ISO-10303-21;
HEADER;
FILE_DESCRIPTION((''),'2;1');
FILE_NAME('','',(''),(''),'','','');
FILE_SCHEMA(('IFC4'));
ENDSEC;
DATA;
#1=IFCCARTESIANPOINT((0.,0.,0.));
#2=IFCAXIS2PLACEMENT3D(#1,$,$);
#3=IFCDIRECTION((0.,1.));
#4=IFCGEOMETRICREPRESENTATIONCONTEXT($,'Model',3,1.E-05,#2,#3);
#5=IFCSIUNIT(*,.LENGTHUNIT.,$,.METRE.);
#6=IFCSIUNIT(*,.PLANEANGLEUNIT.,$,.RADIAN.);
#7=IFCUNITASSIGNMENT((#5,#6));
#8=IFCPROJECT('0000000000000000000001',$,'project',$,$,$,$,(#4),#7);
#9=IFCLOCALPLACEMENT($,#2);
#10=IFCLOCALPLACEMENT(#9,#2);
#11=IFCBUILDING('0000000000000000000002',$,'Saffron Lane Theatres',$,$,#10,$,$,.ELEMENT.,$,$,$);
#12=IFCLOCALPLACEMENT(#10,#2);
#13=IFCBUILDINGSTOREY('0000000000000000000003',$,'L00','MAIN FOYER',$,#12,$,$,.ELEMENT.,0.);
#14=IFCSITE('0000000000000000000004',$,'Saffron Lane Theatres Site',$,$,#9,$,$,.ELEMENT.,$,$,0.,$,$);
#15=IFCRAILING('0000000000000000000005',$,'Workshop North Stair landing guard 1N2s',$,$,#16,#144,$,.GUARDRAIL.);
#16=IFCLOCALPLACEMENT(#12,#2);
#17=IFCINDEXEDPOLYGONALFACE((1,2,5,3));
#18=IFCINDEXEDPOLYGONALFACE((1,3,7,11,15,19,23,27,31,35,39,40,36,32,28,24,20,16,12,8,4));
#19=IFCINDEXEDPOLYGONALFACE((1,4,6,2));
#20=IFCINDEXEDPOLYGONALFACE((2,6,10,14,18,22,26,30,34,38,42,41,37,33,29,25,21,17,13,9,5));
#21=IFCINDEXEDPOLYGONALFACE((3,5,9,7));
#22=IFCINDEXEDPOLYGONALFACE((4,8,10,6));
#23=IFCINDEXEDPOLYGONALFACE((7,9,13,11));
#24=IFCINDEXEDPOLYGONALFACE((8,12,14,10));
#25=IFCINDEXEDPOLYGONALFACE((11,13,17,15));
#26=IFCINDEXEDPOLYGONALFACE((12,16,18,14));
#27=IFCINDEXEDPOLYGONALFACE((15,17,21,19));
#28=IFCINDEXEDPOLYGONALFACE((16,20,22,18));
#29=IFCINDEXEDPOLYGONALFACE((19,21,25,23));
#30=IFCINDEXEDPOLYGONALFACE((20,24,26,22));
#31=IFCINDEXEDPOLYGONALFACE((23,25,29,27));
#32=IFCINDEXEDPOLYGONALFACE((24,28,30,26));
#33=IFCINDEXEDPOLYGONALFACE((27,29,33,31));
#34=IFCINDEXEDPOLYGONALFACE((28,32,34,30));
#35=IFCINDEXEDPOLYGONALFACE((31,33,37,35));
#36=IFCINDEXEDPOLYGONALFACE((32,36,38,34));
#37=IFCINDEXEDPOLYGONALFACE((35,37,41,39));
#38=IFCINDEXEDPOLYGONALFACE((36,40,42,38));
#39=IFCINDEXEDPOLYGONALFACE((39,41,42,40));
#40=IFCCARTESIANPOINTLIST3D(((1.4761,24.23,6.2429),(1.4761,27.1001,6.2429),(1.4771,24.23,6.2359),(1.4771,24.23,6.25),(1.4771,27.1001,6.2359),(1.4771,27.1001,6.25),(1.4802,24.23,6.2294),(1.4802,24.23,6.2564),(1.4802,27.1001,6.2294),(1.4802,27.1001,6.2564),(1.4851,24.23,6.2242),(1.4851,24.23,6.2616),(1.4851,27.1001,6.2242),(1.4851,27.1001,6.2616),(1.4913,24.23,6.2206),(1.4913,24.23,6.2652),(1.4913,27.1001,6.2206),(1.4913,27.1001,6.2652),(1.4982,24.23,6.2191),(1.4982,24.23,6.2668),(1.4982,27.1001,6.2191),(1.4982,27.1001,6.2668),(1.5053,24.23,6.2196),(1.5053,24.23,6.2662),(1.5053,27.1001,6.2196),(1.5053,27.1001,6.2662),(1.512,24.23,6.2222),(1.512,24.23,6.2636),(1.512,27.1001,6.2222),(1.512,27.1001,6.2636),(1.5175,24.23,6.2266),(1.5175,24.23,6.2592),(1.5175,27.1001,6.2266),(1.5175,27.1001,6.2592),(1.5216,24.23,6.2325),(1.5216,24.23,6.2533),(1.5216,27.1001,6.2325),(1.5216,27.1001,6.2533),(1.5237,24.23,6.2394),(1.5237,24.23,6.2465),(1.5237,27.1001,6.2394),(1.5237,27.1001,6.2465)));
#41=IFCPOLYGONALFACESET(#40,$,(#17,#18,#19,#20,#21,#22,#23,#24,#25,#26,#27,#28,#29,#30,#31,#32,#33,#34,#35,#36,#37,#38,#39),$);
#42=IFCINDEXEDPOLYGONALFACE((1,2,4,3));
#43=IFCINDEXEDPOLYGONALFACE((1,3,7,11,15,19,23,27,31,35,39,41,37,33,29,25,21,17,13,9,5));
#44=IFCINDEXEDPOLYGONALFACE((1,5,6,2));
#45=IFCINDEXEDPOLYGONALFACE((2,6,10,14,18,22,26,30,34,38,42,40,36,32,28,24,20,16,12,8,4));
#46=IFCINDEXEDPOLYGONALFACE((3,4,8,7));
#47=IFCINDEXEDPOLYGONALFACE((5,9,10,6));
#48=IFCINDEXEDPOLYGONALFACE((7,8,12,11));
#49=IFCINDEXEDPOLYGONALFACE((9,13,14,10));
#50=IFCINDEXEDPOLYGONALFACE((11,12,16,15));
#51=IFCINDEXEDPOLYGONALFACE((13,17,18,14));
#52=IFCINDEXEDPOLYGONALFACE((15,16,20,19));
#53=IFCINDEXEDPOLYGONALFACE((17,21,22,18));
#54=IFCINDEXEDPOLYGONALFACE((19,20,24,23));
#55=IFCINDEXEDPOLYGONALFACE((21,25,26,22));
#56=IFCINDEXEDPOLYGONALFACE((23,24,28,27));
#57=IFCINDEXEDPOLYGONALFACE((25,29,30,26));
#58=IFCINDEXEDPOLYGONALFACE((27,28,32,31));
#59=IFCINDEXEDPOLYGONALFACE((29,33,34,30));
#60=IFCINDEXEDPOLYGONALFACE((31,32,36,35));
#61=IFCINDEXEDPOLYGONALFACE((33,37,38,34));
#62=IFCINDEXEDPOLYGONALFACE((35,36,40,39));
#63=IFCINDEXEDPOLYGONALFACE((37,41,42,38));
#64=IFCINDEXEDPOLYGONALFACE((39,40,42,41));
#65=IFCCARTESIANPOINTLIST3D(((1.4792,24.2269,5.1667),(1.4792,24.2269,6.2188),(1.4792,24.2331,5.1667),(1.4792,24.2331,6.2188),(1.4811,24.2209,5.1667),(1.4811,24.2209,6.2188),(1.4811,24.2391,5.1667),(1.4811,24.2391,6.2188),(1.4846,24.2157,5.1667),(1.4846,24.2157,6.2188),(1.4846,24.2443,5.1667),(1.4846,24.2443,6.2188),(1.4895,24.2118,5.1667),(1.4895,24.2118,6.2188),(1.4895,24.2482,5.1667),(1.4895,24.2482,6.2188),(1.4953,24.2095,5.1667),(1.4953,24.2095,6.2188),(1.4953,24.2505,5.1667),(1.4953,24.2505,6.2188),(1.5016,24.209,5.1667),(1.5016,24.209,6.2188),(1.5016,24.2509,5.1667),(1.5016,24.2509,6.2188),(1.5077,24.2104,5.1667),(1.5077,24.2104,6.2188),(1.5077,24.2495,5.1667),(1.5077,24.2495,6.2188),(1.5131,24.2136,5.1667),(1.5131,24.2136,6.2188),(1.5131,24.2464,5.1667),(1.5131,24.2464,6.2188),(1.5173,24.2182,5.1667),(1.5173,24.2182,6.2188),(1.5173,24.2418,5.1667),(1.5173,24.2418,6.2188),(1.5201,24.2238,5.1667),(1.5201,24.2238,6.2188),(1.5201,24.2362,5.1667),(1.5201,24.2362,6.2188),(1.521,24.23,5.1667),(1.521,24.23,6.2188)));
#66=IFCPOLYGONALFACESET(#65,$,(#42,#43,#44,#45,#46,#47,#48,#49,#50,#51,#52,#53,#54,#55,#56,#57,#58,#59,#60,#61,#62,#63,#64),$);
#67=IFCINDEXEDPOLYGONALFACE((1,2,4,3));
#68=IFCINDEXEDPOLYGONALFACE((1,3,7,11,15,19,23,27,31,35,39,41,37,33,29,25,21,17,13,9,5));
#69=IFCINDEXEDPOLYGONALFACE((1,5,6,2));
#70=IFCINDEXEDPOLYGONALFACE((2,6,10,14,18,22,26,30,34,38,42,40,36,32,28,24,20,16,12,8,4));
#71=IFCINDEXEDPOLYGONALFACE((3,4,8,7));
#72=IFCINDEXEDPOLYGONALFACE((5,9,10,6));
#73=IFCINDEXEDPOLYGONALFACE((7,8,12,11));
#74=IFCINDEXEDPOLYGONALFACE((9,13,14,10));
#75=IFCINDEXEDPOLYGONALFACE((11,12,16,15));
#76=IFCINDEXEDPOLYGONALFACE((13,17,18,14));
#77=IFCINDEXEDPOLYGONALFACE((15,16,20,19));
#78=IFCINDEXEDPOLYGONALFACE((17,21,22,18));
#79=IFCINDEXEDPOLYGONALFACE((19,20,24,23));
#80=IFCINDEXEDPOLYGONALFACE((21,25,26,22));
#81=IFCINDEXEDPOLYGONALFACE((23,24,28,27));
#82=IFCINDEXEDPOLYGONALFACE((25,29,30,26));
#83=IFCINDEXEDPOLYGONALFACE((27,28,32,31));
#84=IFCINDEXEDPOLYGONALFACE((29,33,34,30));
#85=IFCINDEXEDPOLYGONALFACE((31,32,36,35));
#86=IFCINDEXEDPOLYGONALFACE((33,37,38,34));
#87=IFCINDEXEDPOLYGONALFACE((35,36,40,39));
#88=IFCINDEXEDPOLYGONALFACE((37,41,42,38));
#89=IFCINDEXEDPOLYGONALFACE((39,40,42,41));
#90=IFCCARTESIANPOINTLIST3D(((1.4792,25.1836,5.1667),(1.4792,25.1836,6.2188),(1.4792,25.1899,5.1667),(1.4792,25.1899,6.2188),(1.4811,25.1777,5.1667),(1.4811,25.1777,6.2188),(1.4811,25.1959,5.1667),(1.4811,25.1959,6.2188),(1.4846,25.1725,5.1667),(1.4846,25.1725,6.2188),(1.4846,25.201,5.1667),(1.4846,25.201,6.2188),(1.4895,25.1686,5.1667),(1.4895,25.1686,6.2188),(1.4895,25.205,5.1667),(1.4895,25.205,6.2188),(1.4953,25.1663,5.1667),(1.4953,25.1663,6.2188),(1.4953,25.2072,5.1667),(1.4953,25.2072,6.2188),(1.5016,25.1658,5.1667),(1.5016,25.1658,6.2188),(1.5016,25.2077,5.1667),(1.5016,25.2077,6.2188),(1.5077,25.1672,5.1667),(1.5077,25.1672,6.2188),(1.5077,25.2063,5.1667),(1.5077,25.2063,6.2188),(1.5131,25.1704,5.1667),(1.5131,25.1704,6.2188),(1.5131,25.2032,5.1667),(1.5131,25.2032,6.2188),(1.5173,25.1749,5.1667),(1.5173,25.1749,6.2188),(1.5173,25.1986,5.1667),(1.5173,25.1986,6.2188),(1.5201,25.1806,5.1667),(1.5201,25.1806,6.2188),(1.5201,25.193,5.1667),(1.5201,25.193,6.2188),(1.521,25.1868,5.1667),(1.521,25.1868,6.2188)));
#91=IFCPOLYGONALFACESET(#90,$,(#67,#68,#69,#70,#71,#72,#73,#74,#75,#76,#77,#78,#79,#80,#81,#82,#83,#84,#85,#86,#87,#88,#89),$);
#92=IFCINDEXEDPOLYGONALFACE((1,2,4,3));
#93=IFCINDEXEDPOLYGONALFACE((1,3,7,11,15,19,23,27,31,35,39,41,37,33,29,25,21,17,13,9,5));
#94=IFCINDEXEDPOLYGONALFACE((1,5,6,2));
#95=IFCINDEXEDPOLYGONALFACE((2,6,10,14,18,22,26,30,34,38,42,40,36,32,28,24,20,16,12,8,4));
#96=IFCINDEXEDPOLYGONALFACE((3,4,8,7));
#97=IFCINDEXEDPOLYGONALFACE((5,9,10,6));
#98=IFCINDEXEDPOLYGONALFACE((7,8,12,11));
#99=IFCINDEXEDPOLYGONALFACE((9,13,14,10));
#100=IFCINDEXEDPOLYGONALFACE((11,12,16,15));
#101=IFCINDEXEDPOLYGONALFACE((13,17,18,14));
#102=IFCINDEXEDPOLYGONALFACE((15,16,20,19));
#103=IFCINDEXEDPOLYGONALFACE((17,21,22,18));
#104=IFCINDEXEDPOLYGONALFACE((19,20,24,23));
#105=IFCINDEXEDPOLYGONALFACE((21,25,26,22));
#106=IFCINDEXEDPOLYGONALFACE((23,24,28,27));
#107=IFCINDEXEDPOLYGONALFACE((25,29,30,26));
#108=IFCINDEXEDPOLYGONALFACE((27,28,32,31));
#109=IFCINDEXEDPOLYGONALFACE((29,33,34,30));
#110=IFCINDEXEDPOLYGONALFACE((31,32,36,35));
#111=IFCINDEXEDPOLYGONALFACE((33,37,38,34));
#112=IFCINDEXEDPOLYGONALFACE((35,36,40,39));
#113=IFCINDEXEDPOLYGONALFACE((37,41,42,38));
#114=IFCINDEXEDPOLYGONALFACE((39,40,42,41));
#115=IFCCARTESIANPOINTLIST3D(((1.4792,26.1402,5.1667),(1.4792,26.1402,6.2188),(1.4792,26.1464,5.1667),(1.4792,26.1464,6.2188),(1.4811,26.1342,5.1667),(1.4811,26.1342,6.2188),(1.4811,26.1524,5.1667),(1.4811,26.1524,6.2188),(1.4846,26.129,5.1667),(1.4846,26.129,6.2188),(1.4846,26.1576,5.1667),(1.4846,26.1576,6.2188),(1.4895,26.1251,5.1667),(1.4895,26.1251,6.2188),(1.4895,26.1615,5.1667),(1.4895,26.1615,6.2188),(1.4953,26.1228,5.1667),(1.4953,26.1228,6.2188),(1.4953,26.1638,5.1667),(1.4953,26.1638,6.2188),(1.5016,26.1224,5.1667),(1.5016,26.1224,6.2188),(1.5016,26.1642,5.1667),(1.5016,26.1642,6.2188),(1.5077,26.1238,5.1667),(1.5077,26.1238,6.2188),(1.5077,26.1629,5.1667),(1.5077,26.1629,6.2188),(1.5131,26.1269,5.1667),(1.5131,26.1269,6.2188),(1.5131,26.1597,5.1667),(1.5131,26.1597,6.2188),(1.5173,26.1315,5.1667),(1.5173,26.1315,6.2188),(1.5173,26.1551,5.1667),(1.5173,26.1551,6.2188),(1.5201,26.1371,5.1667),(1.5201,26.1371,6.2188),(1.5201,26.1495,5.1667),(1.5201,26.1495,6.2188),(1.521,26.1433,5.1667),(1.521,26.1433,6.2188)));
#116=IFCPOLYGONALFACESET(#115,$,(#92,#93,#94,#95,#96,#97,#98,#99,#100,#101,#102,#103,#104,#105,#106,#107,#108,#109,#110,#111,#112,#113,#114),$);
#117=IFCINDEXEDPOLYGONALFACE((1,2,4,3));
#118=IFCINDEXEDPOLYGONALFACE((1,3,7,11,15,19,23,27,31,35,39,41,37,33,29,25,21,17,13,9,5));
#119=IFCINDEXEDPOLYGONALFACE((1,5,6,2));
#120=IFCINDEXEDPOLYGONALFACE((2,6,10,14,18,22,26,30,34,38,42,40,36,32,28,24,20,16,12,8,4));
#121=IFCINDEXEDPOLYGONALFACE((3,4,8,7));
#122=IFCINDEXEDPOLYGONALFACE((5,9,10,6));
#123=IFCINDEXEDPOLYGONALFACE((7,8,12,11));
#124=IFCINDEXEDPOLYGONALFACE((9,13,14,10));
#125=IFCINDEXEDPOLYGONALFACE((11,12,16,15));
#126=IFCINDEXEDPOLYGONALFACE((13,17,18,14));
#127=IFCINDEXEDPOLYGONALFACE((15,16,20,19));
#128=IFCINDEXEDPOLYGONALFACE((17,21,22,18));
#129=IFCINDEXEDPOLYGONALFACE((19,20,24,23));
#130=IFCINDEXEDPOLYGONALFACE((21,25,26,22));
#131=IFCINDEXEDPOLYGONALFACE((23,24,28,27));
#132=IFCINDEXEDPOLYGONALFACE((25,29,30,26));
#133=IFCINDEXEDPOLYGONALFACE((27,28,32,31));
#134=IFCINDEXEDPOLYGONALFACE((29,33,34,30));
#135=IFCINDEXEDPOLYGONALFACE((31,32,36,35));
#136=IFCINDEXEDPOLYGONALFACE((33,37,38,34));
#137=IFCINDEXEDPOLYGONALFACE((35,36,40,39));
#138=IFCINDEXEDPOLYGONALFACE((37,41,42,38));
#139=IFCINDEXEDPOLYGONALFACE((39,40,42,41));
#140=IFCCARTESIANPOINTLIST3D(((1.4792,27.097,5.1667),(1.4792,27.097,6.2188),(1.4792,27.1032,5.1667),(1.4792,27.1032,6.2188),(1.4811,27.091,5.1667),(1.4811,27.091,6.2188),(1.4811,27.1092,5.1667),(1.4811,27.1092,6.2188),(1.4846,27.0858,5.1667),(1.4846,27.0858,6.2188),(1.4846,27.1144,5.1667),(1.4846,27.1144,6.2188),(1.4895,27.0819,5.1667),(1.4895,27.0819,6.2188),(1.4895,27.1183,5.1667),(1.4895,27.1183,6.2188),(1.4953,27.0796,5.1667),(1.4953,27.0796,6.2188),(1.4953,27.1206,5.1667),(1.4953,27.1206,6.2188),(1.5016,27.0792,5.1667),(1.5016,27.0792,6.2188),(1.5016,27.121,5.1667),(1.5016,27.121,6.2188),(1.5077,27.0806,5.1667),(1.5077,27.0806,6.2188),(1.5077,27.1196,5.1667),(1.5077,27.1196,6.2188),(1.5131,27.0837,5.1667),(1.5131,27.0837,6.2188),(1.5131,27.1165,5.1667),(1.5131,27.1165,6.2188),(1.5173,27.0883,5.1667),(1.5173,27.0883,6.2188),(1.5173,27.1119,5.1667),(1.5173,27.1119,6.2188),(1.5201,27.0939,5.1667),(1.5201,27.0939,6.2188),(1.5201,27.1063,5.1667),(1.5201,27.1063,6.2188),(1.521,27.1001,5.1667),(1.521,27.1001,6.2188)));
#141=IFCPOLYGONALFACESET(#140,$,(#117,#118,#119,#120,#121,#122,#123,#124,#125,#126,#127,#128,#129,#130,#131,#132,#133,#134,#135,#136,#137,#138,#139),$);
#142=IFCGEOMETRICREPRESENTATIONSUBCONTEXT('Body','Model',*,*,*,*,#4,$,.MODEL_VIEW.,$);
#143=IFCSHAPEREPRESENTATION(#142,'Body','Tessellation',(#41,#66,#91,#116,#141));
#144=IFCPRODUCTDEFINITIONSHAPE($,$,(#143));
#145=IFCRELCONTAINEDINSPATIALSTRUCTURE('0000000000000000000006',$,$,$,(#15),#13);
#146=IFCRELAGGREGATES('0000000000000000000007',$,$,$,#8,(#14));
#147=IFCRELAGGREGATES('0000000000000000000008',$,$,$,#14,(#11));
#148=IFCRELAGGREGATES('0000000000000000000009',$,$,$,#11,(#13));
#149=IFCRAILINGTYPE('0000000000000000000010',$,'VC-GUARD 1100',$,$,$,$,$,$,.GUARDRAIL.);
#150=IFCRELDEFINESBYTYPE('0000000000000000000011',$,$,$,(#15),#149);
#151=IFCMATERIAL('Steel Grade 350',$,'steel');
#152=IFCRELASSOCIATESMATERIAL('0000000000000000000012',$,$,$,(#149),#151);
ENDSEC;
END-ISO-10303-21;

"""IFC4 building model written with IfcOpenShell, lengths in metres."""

from ifc_helpers import new_model, si_unit, direction, frame, origin, origin_2d, place, context, subcontext, project, spatial, circle, extrude, material, type_object, element, save


model = new_model("IFC4")

# Units and contexts
model_context = context("Model", 3, precision=1e-05, world=origin(), true_north=direction((0.0, 1.0)))
body_context = subcontext(model_context, "Body", "Model", "MODEL_VIEW")
ifc_project = project(units=[si_unit("LENGTHUNIT", "METRE"), si_unit("PLANEANGLEUNIT", "RADIAN")], contexts=[model_context])

# Site, building, storey
site_placement = place(None, origin())
site = spatial("IfcSite", under=ifc_project, at=site_placement, Name="Saffron Lane Theatres Site", CompositionType="ELEMENT", RefElevation=0.0)
building_placement = place(site_placement, origin())
building = spatial("IfcBuilding", under=site, at=building_placement, Name="Saffron Lane Theatres", CompositionType="ELEMENT")
storey_placement = place(building_placement, origin())
storey = spatial("IfcBuildingStorey", under=building, at=storey_placement, Name="L00", Description="MAIN FOYER", CompositionType="ELEMENT", Elevation=0.0)

# Railing
ifc_material_1 = material(Name="Steel Grade 350", Category="steel")
railing_type_1 = type_object("IfcRailingType", Name="VC-GUARD 1100", PredefinedType="GUARDRAIL", material=ifc_material_1)
railing_1_placement = place(storey_placement, frame((1.5, 24.23, 5.1667)))
element("IfcRailing", 1, at=railing_1_placement, inside=storey, type_object=railing_type_1, Name="Workshop North Stair landing guard 1N2s", PredefinedType="GUARDRAIL", context=body_context, shape_type="SweptSolid", body=[
    extrude(circle(Radius=0.0239, at=origin_2d()), frame((0.0, 0.0, 1.0762), z_axis=(0.0, 1.0, 0.0), x_axis=(-1.0, 0.0, 0.0)), (0.0, 0.0, 1.0), 2.8701),
    extrude(circle(Radius=0.021, at=origin_2d()), origin(), (0.0, 0.0, 1.0), 1.052),
    extrude(circle(Radius=0.021, at=origin_2d()), frame((0.0, 0.9568, 0.0)), (0.0, 0.0, 1.0), 1.052),
    extrude(circle(Radius=0.021, at=origin_2d()), frame((0.0, 1.9133, 0.0)), (0.0, 0.0, 1.0), 1.052),
    extrude(circle(Radius=0.021, at=origin_2d()), frame((0.0, 2.8701, 0.0)), (0.0, 0.0, 1.0), 1.052),
])

save(model, "model.ifc")
